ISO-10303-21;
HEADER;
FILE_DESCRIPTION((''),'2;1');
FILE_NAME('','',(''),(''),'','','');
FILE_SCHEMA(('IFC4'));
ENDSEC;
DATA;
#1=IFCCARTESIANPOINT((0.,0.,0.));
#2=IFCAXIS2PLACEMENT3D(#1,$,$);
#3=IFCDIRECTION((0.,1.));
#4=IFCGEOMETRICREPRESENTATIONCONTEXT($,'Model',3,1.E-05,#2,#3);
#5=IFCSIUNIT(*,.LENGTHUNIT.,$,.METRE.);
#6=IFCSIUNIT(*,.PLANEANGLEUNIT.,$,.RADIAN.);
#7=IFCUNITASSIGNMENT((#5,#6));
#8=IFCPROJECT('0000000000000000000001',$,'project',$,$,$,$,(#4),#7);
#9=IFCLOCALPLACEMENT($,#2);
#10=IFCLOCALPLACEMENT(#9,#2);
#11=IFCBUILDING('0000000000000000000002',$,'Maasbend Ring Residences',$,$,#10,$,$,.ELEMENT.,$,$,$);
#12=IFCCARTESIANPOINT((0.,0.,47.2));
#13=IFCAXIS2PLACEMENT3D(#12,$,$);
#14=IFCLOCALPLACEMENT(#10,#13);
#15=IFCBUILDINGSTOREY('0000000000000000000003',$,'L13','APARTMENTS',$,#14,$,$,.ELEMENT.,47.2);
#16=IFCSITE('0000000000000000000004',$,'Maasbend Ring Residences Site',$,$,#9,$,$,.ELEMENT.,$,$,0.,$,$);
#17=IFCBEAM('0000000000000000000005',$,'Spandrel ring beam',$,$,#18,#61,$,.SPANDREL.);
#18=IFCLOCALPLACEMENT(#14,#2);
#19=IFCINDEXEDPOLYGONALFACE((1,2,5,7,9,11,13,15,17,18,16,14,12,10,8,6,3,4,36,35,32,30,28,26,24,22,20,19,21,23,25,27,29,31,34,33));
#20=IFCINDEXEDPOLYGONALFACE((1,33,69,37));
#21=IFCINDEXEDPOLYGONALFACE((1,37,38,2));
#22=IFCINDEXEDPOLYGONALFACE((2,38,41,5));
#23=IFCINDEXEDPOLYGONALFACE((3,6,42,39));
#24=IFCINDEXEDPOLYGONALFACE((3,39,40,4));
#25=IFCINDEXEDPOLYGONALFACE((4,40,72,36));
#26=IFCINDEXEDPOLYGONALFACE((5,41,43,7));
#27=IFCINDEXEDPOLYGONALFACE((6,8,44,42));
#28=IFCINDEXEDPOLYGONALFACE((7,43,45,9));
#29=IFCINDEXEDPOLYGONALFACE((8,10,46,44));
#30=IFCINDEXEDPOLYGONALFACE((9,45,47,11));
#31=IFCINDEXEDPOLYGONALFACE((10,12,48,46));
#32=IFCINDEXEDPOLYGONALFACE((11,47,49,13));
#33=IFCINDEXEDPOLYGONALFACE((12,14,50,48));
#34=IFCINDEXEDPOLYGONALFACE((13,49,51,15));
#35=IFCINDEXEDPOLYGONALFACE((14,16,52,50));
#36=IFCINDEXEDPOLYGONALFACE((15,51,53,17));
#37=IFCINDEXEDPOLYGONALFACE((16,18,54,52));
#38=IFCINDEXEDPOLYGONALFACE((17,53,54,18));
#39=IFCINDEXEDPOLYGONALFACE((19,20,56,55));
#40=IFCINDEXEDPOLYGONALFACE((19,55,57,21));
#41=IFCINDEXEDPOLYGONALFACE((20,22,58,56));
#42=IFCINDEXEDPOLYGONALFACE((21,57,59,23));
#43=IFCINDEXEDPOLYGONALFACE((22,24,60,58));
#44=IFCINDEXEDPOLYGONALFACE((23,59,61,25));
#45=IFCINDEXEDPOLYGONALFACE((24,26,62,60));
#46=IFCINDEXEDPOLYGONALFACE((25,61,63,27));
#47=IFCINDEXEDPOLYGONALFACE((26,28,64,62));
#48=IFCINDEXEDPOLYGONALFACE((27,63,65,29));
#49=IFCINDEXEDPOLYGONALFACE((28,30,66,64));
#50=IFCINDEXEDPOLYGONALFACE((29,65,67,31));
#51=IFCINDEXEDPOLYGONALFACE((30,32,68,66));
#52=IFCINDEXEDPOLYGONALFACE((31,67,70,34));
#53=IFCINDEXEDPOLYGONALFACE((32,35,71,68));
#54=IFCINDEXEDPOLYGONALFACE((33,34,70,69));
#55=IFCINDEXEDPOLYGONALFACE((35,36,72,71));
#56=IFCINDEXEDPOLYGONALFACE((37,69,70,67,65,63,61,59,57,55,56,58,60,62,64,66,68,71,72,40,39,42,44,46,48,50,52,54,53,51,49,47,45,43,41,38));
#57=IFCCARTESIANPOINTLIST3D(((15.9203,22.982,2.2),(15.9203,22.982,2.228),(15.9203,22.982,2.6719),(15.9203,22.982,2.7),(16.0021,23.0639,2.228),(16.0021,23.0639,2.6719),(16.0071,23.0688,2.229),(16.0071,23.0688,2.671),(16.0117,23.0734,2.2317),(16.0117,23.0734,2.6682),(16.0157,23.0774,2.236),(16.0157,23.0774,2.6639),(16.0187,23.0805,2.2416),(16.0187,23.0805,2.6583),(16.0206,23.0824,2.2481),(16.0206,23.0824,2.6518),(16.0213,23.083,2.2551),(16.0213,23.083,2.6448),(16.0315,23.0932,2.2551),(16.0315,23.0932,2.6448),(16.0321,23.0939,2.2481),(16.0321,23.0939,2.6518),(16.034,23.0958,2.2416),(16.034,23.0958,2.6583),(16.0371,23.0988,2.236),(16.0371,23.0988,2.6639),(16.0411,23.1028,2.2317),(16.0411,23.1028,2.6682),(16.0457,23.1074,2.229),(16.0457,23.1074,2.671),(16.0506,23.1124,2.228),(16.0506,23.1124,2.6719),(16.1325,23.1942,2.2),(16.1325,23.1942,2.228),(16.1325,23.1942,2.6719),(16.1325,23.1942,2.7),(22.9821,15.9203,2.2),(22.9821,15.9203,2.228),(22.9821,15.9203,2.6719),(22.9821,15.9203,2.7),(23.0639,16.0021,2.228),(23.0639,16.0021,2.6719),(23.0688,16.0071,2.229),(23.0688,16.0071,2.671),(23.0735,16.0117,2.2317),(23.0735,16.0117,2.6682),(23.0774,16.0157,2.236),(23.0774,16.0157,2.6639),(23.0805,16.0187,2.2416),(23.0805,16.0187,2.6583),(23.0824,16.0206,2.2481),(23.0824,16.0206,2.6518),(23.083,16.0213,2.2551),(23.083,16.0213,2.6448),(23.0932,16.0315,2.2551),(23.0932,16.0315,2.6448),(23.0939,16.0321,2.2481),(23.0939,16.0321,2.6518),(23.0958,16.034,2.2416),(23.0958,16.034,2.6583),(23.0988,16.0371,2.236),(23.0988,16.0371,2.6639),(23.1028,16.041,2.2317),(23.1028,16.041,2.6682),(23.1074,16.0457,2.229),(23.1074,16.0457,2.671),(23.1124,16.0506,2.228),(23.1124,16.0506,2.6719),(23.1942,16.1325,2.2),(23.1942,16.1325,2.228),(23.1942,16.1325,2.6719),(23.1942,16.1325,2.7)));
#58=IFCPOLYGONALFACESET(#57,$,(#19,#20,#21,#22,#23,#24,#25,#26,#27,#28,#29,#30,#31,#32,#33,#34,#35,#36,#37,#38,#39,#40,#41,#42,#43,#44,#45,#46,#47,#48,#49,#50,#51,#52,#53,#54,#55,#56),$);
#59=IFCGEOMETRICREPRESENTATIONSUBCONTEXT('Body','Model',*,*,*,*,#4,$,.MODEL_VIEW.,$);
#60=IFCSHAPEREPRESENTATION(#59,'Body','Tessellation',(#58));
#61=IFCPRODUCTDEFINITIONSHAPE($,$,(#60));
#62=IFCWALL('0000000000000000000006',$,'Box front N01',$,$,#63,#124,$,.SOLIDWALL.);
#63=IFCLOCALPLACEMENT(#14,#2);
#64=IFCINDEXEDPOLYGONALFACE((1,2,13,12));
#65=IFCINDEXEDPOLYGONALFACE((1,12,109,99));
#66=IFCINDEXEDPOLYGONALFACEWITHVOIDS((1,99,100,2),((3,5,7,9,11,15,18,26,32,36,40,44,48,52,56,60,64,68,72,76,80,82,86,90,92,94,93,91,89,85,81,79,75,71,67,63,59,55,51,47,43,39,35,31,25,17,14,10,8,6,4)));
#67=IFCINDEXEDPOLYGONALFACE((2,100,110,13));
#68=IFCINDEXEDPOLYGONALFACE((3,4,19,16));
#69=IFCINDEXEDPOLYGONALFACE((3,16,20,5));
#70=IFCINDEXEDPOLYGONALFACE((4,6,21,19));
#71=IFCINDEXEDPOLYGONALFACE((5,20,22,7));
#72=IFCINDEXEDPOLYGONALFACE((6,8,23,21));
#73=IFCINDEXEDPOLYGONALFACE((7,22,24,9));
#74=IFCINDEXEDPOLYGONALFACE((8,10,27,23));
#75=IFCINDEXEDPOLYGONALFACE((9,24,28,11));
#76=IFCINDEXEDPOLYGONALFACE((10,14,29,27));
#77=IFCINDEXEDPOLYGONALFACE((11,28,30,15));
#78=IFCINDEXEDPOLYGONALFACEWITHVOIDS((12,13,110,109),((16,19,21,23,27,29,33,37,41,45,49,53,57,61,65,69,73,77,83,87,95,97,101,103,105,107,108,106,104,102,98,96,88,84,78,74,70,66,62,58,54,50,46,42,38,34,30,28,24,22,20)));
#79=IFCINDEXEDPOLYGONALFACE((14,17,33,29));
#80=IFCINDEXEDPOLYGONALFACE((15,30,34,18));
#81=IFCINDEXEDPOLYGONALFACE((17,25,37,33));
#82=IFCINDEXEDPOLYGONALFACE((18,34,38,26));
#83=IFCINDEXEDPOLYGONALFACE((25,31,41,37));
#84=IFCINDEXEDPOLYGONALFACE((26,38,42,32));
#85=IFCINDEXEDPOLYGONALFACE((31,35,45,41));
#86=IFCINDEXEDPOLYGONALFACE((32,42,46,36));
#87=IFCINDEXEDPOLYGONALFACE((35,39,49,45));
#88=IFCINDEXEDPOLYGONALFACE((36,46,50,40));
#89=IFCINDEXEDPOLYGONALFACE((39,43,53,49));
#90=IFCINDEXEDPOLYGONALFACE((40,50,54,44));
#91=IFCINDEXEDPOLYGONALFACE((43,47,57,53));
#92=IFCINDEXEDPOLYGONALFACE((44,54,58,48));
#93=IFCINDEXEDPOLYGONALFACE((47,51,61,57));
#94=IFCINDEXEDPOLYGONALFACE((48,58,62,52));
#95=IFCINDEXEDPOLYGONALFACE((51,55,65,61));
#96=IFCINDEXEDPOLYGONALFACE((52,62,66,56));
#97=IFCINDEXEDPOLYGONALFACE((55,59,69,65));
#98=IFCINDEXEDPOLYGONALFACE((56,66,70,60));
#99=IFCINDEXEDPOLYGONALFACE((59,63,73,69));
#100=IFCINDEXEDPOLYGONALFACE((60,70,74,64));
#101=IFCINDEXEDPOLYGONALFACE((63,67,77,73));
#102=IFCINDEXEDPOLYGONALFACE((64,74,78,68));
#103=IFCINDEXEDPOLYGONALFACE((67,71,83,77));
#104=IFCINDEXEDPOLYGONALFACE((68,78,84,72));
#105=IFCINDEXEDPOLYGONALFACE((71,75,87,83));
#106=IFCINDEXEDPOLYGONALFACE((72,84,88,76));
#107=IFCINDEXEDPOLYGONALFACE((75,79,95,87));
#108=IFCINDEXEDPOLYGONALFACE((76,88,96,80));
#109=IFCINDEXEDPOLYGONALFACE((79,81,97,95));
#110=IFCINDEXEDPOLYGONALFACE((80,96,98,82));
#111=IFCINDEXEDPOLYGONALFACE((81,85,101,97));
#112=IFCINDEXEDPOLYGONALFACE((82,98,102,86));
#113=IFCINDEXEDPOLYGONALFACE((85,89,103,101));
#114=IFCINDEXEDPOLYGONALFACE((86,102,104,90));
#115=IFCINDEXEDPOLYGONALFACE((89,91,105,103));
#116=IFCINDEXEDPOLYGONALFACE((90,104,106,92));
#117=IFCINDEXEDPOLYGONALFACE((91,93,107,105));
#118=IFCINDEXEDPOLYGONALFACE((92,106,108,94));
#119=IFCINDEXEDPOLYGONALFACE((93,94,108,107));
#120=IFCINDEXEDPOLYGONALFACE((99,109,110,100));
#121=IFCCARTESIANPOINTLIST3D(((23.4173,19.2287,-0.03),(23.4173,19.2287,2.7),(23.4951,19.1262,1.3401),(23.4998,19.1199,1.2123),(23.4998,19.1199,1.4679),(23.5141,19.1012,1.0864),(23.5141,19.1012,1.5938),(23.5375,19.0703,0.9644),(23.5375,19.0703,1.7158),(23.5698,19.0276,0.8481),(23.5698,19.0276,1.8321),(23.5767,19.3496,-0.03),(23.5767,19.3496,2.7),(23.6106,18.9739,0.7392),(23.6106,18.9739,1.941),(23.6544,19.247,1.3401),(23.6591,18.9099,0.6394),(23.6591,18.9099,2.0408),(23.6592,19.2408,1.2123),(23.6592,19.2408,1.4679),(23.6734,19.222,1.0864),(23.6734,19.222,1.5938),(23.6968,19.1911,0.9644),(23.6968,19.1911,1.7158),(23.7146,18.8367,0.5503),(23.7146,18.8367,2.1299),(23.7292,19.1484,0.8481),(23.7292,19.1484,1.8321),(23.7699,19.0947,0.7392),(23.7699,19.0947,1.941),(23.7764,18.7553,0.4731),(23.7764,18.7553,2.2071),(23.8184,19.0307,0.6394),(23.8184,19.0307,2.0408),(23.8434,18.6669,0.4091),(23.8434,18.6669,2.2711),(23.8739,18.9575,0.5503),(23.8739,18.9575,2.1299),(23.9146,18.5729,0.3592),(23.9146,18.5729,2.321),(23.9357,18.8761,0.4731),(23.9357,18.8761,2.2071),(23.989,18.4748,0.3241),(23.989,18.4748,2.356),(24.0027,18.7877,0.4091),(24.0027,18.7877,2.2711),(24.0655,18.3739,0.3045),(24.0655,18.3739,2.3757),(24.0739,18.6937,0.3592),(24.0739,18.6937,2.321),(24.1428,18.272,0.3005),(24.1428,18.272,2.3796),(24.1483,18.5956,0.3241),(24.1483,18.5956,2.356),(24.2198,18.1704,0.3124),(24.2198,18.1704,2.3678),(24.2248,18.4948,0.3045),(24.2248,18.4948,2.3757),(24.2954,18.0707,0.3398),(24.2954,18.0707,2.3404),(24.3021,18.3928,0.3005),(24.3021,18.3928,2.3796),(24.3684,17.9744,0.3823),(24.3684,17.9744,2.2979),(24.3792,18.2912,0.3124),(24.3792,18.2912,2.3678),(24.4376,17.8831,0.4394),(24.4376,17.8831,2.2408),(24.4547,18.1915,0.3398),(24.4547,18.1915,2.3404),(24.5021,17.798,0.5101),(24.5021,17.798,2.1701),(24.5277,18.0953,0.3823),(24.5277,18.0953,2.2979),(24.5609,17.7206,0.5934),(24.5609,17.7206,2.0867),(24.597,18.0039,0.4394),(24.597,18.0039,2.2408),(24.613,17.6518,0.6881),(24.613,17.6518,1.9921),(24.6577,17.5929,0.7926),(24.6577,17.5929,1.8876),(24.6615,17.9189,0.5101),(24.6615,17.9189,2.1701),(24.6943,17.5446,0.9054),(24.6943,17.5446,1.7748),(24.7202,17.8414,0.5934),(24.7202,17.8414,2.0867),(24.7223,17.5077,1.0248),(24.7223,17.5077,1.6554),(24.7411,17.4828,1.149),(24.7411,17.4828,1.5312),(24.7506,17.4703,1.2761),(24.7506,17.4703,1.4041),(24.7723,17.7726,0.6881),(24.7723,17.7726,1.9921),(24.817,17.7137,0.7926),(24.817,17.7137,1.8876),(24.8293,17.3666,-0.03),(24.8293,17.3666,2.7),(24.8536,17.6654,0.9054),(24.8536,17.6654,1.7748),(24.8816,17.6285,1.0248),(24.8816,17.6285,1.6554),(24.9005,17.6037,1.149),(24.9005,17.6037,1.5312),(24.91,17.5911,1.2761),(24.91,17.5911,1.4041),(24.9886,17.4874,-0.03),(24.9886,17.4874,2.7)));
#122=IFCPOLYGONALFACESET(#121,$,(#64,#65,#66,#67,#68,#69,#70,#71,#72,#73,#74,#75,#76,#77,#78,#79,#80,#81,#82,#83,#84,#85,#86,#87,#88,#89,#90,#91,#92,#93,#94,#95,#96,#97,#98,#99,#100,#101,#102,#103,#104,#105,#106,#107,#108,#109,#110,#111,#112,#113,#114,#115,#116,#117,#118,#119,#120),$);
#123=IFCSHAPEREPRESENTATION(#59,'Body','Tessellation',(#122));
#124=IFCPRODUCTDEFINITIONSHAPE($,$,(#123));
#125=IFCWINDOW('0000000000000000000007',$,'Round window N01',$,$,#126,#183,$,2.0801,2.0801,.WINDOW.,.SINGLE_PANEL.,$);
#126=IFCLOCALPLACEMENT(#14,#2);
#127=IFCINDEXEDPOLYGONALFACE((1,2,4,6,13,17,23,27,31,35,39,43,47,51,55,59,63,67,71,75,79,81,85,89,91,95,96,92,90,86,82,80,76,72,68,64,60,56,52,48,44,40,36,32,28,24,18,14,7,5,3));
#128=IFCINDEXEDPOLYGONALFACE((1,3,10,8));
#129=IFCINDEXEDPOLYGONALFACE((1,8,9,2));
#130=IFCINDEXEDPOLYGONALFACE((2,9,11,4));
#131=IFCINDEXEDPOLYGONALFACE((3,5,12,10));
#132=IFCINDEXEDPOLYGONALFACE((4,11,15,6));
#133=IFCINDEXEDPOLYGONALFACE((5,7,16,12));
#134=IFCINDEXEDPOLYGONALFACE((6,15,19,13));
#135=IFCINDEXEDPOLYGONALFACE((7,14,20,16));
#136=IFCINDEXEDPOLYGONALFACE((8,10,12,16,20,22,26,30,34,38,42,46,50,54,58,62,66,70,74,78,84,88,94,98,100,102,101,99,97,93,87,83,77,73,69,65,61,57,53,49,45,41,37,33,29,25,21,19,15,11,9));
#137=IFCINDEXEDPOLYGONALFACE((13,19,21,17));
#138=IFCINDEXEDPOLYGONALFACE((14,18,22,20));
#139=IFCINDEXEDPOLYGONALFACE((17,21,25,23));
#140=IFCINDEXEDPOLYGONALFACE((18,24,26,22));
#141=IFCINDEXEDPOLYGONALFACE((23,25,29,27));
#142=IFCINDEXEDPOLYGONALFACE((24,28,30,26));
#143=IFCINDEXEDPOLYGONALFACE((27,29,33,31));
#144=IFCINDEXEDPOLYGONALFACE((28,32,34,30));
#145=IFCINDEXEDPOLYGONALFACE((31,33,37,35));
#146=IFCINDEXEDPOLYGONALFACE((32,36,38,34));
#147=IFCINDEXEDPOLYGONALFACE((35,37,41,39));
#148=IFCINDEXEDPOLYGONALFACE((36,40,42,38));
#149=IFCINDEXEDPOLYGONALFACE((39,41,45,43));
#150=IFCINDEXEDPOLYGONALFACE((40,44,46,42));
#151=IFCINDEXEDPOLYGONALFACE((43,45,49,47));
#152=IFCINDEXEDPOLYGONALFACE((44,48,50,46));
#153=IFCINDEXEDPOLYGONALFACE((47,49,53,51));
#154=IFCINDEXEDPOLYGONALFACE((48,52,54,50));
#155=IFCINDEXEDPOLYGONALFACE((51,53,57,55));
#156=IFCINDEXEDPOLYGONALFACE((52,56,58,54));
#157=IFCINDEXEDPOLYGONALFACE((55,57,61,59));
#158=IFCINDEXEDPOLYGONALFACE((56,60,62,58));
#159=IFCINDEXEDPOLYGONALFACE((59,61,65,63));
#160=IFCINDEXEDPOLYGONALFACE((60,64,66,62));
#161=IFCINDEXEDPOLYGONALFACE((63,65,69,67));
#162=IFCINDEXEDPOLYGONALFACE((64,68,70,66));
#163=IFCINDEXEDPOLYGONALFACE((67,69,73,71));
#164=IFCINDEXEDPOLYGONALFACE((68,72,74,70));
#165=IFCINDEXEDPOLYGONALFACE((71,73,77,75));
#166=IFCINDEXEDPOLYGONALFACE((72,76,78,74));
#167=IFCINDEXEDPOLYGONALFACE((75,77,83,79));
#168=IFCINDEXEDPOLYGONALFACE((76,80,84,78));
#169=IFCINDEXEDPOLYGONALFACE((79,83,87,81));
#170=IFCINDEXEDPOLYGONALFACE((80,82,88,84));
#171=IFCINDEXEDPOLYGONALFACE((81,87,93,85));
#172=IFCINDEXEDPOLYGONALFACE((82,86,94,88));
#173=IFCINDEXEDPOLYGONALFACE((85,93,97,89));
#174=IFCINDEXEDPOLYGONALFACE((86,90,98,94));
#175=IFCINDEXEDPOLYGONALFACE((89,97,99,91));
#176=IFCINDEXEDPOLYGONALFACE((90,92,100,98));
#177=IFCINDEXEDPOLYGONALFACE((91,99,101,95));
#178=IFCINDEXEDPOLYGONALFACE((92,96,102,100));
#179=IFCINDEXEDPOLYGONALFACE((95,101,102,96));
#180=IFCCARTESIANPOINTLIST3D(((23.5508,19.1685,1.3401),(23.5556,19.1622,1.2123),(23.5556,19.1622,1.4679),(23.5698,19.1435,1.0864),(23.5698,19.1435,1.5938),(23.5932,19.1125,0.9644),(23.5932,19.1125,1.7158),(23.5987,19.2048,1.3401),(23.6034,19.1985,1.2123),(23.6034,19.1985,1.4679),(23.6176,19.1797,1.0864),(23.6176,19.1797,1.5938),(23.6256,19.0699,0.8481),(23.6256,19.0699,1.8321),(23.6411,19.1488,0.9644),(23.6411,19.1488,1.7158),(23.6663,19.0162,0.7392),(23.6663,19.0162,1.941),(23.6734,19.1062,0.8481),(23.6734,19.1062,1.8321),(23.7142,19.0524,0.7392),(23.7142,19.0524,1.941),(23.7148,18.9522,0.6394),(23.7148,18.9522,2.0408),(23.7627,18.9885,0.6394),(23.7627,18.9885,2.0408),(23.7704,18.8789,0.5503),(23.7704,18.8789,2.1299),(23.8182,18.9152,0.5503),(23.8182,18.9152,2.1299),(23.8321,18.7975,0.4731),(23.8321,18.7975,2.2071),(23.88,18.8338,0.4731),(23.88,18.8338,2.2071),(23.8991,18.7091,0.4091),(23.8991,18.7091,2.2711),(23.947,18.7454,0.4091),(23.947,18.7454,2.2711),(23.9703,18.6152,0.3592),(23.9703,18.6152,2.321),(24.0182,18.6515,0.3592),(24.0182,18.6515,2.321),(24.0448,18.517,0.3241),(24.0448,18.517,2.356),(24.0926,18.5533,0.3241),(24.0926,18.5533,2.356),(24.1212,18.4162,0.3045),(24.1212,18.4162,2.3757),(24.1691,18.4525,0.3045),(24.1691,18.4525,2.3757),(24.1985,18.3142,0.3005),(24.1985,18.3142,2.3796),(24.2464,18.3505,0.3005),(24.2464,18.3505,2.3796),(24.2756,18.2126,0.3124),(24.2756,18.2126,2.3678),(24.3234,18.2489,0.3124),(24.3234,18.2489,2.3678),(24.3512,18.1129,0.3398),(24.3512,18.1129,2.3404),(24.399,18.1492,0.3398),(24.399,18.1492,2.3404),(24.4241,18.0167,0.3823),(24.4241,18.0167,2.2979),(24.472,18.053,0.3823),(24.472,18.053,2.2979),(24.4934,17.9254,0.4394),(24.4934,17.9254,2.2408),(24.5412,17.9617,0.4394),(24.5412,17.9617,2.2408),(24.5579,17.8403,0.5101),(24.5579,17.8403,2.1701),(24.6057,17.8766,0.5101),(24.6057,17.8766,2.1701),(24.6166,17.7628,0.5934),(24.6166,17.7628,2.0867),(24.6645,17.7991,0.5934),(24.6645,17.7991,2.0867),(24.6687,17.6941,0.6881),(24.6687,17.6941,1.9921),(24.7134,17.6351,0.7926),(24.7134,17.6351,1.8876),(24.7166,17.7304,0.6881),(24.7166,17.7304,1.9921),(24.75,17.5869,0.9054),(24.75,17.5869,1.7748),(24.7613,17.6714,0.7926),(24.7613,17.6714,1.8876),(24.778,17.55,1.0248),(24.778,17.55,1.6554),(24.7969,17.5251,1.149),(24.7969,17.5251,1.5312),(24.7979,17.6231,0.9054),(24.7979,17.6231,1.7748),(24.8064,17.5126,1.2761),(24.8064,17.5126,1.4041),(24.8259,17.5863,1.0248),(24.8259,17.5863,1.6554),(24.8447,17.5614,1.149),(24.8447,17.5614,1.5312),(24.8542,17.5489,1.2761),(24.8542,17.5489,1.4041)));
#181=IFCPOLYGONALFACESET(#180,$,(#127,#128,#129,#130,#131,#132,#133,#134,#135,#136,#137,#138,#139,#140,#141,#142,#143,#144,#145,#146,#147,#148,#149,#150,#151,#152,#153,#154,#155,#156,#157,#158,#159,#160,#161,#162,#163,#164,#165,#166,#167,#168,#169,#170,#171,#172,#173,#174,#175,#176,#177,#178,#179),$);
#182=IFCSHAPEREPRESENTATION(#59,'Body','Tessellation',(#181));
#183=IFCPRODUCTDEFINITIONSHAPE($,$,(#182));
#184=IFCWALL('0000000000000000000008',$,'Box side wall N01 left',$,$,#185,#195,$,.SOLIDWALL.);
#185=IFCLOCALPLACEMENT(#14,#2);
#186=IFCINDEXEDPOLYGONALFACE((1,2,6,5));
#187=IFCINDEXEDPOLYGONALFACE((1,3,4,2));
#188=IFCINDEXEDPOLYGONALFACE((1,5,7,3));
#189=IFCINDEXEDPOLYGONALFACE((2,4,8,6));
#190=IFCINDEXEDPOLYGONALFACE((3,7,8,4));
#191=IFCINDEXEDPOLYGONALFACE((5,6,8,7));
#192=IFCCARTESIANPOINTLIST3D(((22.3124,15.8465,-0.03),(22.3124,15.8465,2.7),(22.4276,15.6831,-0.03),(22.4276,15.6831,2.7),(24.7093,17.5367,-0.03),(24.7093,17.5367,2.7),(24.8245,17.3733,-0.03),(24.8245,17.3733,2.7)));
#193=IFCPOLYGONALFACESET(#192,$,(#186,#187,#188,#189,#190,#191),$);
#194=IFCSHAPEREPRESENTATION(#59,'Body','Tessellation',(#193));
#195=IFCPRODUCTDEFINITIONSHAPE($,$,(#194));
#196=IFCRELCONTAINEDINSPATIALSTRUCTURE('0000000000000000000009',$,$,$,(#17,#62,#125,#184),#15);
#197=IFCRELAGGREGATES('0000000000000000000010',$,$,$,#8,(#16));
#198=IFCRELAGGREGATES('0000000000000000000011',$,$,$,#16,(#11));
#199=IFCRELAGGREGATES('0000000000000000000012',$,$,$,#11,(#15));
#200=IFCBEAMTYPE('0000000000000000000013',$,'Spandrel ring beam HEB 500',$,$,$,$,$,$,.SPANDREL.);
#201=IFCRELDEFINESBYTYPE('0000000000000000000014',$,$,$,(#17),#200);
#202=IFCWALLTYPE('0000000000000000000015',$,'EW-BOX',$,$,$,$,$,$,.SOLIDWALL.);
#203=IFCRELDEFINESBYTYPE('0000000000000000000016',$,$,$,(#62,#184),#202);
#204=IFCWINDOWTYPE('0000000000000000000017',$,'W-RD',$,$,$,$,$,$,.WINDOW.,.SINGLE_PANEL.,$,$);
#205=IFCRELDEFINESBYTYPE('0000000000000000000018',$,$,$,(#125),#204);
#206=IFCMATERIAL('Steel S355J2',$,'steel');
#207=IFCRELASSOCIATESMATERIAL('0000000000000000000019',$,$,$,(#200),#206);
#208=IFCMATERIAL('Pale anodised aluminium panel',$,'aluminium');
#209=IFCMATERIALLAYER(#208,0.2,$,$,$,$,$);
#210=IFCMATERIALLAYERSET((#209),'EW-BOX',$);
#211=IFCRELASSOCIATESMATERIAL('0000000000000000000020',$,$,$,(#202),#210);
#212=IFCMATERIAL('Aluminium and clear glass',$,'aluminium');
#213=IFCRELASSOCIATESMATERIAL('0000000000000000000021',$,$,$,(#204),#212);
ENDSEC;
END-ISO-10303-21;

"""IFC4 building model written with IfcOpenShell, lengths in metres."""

from ifc_helpers import new_model, si_unit, direction, frame, frame_2d, origin, origin_2d, place, context, subcontext, project, spatial, rectangle, circle, i_section, extrude, material, layer, layer_set, material_profile, profile_set, type_object, element, fill, save


model = new_model("IFC4")

# Units and contexts
model_context = context("Model", 3, precision=1e-05, world=origin(), true_north=direction((0.0, 1.0)))
body_context = subcontext(model_context, "Body", "Model", "MODEL_VIEW")
ifc_project = project(units=[si_unit("LENGTHUNIT", "METRE"), si_unit("PLANEANGLEUNIT", "RADIAN")], contexts=[model_context])

# Site, building, storey
site_placement = place(None, origin())
site = spatial("IfcSite", under=ifc_project, at=site_placement, Name="Maasbend Ring Residences Site", CompositionType="ELEMENT", RefElevation=0.0)
building_placement = place(site_placement, origin())
building = spatial("IfcBuilding", under=site, at=building_placement, Name="Maasbend Ring Residences", CompositionType="ELEMENT")
storey_placement = place(building_placement, frame((0.0, 0.0, 47.2)))
storey = spatial("IfcBuildingStorey", under=building, at=storey_placement, Name="L13", Description="APARTMENTS", CompositionType="ELEMENT", Elevation=47.2)

# Beam
ifc_material_1 = material(Name="Steel S355J2", Category="steel")
ifc_material_profile_1 = material_profile(ifc_material_1, i_section(OverallWidth=0.3, OverallDepth=0.5, WebThickness=0.0144, FlangeThickness=0.0281, FilletRadius=0.0271, at=origin_2d()), Name="HEB 500")
ifc_profile_set_1 = profile_set([ifc_material_profile_1], Name="Steel S355J2")
beam_type_1 = type_object("IfcBeamType", Name="Spandrel ring beam HEB 500", PredefinedType="SPANDREL", material=ifc_profile_set_1)
beam_1_placement = place(storey_placement, frame((23.0881, 16.0264, 2.45), z_axis=(-0.707107, 0.707107, 0.0), x_axis=(-0.707107, -0.707107, 0.0)))
element("IfcBeam", 1, at=beam_1_placement, inside=storey, type_object=beam_type_1, Name="Spandrel ring beam", PredefinedType="SPANDREL", context=body_context, shape_type="SweptSolid", body=[
    extrude(i_section(OverallWidth=0.3, OverallDepth=0.5, WebThickness=0.0144, FlangeThickness=0.0281, FilletRadius=0.0271, at=origin_2d()), origin(), (0.0, 0.0, 1.0), 9.9868),
])

# Wall, opening, window
ifc_material_2 = material(Name="Pale anodised aluminium panel", Category="aluminium")
ifc_layer_1 = layer(ifc_material_2, 0.2)
ifc_layer_set_1 = layer_set([ifc_layer_1], Name="EW-BOX")
wall_type_1 = type_object("IfcWallType", Name="EW-BOX", PredefinedType="SOLIDWALL", material=ifc_layer_set_1)
wall_1_placement = place(storey_placement, frame((24.9089, 17.427, -0.03), z_axis=(0.0, 0.0, 1.0), x_axis=(-0.604188, 0.796842, 0.0)))
wall_1 = element("IfcWall", 2, at=wall_1_placement, inside=storey, type_object=wall_type_1, Name="Box front N01", PredefinedType="SOLIDWALL", context=body_context, shape_type="SweptSolid", body=[
    extrude(rectangle(XDim=2.3369, YDim=0.2, at=frame_2d((1.1685, 0.0))), origin(), (0.0, 0.0, 1.0), 2.73),
])
opening_1_placement = place(wall_1_placement, frame((0.1282, 0.0, 0.3301)))
opening_1 = element("IfcOpeningElement", 3, at=opening_1_placement, cuts=wall_1, PredefinedType="OPENING", context=body_context, shape_type="SweptSolid", body=[
    extrude(circle(Radius=1.04, at=frame_2d((1.04, 1.04))), frame((0.0, 0.1099, 0.0), z_axis=(0.0, -1.0, 0.0), x_axis=(1.0, 0.0, 0.0)), (0.0, 0.0, 1.0), 0.22),
])
ifc_material_3 = material(Name="Aluminium and clear glass", Category="aluminium")
window_type_1 = type_object("IfcWindowType", Name="W-RD", PartitioningType="SINGLE_PANEL", PredefinedType="WINDOW", material=ifc_material_3)
window_1_placement = place(opening_1_placement, origin())
window_1 = element("IfcWindow", 4, at=window_1_placement, inside=storey, type_object=window_type_1, Name="Round window N01", OverallHeight=2.0801, OverallWidth=2.0801, PartitioningType="SINGLE_PANEL", PredefinedType="WINDOW", context=body_context, shape_type="SweptSolid", body=[
    extrude(circle(Radius=1.04, at=frame_2d((1.04, 1.04))), frame((0.0, 0.03, 0.0), z_axis=(0.0, -1.0, 0.0), x_axis=(1.0, 0.0, 0.0)), (0.0, 0.0, 1.0), 0.0601),
])
fill(opening_1, window_1)

# Wall
wall_2_placement = place(storey_placement, frame((22.3701, 15.7649, -0.03), z_axis=(0.0, 0.0, 1.0), x_axis=(0.817256, 0.576275, 0.0)))
element("IfcWall", 5, at=wall_2_placement, inside=storey, type_object=wall_type_1, Name="Box side wall N01 left", PredefinedType="SOLIDWALL", context=body_context, shape_type="SweptSolid", body=[
    extrude(rectangle(XDim=2.9329, YDim=0.2, at=frame_2d((1.4663, 0.0))), origin(), (0.0, 0.0, 1.0), 2.73),
])

save(model, "model.ifc")
